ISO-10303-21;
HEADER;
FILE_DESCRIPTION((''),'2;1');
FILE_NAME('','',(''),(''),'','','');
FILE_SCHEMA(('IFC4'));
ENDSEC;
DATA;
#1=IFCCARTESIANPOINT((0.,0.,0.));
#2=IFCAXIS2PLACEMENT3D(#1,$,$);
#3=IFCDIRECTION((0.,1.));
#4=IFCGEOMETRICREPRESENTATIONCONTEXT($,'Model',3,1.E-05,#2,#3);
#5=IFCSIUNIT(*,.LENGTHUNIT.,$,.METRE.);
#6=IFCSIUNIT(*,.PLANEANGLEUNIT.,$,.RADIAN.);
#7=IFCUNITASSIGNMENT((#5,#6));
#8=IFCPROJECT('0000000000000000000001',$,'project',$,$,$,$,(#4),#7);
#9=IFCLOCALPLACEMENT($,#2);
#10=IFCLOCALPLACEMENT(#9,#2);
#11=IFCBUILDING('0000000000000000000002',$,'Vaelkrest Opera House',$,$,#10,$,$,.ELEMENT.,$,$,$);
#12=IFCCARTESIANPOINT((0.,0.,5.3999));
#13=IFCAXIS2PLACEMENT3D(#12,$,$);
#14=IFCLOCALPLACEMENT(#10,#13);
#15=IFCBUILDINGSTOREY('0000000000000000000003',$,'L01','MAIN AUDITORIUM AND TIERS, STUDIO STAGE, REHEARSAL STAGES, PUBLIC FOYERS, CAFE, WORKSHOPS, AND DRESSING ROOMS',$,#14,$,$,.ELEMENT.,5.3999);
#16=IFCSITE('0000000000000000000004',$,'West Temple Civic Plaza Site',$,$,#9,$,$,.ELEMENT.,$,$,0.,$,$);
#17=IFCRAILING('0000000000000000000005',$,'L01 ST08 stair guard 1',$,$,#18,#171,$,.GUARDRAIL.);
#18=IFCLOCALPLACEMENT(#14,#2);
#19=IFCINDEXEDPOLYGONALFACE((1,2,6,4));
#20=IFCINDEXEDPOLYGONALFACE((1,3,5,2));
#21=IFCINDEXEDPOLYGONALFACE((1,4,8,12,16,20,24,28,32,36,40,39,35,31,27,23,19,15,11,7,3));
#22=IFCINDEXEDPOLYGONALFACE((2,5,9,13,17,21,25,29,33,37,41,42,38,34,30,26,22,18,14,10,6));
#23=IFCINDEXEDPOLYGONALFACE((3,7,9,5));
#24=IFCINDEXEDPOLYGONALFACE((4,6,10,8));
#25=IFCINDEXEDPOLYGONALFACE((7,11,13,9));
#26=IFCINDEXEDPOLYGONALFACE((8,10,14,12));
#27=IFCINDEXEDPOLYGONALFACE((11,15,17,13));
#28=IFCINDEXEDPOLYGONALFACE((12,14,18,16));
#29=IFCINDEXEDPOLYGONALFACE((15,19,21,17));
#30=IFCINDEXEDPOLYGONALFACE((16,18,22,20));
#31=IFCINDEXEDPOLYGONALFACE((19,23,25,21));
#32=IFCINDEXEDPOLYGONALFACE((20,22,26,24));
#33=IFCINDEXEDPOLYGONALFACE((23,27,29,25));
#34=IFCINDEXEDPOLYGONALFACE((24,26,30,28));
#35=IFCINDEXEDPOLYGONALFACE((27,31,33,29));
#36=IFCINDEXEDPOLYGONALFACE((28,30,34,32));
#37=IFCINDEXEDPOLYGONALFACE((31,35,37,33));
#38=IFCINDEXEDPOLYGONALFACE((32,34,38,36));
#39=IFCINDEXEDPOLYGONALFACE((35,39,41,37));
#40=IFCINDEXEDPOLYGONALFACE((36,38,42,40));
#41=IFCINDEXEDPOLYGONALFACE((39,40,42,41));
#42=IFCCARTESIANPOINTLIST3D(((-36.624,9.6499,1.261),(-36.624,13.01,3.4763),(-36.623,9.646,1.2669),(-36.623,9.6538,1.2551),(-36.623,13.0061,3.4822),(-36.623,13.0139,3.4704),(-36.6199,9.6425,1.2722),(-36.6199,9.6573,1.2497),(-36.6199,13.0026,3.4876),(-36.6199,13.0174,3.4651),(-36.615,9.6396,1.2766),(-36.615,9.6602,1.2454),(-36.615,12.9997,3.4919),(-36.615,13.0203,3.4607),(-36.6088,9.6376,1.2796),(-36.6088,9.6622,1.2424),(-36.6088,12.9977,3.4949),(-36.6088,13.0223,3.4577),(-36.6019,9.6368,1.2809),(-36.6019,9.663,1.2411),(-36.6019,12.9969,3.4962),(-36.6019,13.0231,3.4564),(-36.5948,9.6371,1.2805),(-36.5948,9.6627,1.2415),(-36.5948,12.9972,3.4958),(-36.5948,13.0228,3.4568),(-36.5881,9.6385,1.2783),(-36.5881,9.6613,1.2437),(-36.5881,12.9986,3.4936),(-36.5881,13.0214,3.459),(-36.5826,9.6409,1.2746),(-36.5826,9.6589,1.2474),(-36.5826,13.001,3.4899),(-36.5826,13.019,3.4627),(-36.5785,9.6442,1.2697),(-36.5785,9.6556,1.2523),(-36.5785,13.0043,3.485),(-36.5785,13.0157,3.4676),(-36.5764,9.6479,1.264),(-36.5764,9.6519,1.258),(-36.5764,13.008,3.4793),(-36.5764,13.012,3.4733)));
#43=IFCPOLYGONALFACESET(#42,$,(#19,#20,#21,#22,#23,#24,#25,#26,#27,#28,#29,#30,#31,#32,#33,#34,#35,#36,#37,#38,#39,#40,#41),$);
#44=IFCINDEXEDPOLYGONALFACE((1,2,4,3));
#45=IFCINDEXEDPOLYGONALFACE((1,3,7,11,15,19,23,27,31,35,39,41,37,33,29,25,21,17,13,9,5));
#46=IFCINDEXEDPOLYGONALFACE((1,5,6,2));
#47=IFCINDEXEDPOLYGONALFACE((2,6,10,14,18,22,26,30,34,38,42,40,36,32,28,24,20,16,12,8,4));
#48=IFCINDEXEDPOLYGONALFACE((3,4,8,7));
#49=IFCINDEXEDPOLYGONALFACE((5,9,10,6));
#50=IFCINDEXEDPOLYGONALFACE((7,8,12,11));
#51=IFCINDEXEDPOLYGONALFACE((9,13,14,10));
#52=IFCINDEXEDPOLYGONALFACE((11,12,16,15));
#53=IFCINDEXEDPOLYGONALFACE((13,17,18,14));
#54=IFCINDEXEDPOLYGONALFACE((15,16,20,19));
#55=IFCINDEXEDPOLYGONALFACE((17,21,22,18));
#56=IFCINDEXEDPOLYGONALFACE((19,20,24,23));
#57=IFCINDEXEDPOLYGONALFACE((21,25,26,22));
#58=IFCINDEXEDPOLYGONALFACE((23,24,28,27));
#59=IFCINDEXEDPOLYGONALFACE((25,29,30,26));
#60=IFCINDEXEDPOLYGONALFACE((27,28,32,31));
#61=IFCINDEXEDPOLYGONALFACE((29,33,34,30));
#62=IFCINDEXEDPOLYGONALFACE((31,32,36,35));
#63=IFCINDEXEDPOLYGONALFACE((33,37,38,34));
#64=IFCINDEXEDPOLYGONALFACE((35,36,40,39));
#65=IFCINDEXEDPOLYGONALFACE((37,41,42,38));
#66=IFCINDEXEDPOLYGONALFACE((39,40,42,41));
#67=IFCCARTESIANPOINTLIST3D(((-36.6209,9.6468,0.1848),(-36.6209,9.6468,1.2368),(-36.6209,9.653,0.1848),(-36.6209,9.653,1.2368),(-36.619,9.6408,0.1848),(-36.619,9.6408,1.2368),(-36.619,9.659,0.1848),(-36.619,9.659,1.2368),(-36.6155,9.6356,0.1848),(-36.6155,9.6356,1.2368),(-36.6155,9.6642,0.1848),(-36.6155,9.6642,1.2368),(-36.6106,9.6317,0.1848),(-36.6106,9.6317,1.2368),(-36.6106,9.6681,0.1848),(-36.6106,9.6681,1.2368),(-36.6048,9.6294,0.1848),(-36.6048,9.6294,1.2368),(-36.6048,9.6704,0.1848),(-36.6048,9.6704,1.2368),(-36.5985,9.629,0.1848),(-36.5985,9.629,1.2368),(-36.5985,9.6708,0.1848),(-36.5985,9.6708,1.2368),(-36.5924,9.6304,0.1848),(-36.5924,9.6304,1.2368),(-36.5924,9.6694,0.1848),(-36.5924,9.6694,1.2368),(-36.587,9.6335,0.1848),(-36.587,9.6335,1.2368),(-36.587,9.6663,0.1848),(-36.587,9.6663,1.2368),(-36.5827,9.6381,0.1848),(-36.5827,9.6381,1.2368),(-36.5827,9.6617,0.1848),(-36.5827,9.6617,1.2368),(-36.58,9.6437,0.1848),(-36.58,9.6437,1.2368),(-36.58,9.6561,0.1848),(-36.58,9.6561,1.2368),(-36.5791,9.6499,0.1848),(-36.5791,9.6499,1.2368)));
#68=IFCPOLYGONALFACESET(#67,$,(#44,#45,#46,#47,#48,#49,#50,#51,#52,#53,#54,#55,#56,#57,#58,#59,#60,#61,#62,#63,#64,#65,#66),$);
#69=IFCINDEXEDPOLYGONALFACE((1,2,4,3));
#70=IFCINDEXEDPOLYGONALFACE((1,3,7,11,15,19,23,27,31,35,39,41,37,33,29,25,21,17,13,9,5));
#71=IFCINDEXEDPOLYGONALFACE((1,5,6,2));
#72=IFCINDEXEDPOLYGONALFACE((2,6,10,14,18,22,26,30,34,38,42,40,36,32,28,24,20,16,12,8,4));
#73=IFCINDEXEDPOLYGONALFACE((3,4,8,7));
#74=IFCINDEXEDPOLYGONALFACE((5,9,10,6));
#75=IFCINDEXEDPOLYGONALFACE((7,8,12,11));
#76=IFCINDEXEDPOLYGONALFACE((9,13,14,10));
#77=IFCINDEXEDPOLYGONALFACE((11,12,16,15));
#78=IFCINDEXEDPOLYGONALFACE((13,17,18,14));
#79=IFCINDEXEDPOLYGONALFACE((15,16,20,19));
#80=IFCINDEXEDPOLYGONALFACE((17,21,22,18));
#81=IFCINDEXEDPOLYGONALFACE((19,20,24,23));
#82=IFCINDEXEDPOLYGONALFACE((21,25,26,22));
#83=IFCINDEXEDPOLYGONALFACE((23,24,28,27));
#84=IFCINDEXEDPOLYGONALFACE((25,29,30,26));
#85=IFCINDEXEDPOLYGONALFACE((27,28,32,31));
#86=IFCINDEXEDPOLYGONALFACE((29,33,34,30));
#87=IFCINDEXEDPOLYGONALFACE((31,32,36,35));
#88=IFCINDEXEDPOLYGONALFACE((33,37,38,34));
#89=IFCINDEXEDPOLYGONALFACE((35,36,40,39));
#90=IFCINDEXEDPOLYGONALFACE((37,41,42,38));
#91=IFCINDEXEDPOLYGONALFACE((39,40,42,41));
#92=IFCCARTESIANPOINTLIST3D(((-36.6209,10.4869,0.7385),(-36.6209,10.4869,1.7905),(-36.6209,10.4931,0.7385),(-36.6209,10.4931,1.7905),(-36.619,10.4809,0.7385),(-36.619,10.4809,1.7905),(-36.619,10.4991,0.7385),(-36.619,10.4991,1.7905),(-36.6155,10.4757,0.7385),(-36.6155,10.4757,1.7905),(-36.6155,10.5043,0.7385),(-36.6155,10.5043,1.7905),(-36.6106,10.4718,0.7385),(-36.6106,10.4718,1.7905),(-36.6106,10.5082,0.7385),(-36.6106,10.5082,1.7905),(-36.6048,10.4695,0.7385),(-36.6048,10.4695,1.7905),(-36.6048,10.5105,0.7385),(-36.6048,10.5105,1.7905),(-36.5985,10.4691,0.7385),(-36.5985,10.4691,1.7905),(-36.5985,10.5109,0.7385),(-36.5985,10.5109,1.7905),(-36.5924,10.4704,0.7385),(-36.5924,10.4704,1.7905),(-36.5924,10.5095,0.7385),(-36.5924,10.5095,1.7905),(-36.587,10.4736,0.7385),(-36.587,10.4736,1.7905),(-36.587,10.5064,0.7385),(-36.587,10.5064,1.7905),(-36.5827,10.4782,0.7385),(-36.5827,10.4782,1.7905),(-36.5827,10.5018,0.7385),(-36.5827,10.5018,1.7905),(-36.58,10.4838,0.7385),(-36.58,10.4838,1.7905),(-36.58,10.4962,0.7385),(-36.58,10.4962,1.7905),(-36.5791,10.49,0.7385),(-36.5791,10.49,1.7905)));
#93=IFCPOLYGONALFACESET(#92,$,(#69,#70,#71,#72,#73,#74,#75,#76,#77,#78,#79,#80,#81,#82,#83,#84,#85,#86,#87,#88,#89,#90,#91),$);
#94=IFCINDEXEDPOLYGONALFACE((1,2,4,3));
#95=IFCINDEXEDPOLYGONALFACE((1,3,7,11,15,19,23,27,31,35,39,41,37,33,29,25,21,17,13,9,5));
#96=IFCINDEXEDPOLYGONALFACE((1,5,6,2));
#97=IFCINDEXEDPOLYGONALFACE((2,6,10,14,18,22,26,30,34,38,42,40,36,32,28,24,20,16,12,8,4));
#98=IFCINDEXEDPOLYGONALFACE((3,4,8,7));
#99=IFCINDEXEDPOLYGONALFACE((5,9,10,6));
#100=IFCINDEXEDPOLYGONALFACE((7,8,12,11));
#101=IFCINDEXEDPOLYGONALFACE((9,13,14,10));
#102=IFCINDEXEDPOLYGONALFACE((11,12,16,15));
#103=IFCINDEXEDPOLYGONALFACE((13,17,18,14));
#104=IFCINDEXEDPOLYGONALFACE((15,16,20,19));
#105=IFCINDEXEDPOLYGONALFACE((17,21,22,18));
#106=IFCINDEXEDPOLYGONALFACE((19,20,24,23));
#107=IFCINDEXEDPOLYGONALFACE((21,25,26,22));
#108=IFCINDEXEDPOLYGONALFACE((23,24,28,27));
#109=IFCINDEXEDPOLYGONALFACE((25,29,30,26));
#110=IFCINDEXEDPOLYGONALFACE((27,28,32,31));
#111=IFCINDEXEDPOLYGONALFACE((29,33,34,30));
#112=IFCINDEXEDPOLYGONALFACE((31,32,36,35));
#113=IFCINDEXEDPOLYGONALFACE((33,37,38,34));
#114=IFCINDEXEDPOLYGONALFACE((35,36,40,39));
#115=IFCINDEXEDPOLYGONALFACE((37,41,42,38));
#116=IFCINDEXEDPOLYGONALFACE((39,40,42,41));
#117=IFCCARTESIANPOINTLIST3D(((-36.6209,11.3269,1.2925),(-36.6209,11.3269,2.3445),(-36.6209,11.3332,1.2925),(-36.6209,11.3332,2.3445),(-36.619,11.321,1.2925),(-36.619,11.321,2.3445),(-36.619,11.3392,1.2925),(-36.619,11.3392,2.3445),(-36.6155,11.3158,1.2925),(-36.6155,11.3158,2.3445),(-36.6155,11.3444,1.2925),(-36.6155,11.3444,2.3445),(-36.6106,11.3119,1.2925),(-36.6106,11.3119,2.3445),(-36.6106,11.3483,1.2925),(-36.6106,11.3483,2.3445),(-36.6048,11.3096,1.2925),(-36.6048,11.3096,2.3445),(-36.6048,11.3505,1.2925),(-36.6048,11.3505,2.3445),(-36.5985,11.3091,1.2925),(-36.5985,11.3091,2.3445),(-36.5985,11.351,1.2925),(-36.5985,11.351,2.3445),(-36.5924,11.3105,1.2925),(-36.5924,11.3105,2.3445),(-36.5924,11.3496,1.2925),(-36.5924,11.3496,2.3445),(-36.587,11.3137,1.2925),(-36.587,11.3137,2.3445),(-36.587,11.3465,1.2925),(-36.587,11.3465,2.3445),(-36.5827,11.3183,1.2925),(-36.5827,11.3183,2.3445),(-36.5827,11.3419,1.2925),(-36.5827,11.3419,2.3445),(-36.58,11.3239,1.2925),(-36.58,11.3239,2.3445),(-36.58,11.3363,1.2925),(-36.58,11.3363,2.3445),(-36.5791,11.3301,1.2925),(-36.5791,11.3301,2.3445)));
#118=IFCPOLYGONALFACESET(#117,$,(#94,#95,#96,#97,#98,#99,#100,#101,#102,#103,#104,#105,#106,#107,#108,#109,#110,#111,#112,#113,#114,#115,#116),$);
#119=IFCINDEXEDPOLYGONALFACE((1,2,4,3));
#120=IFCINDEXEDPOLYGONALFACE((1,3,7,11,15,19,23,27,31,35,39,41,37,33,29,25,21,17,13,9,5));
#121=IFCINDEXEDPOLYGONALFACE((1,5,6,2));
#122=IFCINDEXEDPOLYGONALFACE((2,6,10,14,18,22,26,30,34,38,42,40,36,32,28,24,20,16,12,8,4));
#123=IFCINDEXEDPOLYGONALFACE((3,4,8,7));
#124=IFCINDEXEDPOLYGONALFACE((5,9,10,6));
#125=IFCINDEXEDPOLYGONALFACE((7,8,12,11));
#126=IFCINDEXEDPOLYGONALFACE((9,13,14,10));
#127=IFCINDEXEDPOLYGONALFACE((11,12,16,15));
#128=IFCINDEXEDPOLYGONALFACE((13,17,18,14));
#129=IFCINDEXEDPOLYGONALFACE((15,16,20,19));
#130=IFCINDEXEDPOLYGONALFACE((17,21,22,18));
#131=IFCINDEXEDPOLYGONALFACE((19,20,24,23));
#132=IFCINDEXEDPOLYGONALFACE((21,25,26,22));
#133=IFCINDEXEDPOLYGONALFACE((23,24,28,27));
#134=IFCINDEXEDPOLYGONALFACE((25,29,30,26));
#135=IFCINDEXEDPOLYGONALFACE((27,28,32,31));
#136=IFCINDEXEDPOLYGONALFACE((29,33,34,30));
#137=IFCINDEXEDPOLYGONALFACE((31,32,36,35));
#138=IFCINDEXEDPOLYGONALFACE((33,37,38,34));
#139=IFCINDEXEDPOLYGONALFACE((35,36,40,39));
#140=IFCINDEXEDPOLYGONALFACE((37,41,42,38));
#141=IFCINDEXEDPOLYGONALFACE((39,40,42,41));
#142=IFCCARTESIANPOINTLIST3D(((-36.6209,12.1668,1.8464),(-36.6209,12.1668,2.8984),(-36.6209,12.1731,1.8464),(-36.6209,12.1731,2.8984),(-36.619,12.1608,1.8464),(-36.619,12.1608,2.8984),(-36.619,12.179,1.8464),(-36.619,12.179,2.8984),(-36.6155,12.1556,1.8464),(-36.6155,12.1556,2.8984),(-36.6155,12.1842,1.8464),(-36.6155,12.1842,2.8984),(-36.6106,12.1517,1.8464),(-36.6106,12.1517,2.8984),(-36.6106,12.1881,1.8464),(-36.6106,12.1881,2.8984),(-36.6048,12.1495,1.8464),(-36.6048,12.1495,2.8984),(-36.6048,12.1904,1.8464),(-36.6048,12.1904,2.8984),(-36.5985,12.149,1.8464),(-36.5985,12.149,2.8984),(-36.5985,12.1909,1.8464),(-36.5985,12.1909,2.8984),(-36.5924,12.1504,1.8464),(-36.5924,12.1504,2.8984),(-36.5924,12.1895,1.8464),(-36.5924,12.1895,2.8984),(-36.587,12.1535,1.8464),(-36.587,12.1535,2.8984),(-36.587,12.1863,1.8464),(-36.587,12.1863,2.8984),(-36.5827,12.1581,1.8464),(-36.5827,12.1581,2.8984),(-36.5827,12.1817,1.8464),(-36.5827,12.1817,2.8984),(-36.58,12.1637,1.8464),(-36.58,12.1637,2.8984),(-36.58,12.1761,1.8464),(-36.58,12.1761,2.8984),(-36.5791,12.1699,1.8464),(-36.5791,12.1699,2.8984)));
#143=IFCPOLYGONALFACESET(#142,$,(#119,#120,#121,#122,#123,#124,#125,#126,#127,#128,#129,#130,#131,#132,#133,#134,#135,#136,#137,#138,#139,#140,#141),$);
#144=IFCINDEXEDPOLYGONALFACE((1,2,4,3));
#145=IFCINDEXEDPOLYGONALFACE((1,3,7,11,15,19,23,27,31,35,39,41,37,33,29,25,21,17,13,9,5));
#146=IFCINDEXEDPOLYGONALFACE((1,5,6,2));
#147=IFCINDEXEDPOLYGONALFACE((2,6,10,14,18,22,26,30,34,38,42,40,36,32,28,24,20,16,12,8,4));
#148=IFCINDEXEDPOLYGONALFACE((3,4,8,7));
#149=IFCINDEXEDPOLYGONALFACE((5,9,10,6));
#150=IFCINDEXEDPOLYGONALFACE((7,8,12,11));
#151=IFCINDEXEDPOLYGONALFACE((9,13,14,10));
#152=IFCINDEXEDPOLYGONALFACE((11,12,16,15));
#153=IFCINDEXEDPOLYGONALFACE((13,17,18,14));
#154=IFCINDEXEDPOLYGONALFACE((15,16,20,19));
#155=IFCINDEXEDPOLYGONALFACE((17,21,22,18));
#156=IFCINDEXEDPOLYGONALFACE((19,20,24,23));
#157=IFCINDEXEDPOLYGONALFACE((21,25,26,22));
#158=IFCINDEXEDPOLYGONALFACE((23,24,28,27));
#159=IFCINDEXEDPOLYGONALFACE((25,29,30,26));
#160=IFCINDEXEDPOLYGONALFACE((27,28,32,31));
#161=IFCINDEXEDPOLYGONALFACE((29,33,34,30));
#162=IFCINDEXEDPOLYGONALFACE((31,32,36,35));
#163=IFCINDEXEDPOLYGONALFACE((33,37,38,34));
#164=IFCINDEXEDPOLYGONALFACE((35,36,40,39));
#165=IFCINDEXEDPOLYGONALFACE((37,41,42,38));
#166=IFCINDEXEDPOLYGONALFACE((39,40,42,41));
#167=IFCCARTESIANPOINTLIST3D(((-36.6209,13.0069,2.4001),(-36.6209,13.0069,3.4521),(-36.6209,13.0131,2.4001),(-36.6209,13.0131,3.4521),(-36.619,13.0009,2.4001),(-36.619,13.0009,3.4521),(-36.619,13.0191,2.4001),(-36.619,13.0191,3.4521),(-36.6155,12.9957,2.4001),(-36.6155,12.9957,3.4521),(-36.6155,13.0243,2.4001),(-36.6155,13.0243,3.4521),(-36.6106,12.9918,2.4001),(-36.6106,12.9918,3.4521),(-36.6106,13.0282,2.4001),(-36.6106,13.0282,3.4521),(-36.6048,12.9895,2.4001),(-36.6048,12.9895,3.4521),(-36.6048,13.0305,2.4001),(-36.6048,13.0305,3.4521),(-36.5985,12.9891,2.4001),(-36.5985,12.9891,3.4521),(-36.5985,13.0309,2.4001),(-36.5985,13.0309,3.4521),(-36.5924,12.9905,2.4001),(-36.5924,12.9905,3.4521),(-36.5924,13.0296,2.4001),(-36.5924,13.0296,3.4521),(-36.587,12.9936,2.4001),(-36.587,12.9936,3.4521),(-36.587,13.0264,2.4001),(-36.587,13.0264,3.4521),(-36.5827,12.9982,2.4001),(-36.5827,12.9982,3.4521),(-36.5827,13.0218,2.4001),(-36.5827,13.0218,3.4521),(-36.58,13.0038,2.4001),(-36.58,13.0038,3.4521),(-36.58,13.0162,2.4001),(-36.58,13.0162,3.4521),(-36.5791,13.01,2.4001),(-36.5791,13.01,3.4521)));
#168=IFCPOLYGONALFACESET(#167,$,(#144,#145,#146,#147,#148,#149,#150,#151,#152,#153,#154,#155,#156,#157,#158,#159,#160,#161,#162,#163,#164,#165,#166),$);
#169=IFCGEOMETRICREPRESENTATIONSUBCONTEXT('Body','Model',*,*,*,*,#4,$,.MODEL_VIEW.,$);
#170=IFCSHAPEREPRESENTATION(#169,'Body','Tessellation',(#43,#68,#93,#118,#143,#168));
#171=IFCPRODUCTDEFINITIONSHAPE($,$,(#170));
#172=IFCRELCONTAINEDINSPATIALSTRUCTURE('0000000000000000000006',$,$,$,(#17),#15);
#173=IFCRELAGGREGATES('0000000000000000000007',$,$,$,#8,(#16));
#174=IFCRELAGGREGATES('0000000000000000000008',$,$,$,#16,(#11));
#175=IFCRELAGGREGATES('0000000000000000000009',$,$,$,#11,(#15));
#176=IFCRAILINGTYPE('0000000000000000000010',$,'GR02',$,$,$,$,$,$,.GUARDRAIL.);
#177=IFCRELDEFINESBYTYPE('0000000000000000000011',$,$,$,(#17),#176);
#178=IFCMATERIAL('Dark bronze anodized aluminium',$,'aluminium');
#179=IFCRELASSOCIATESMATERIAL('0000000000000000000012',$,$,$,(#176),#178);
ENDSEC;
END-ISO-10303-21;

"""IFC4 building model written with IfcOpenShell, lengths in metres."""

from ifc_helpers import new_model, si_unit, direction, frame, origin, origin_2d, place, context, subcontext, project, spatial, circle, extrude, material, type_object, element, save


model = new_model("IFC4")

# Units and contexts
model_context = context("Model", 3, precision=1e-05, world=origin(), true_north=direction((0.0, 1.0)))
body_context = subcontext(model_context, "Body", "Model", "MODEL_VIEW")
ifc_project = project(units=[si_unit("LENGTHUNIT", "METRE"), si_unit("PLANEANGLEUNIT", "RADIAN")], contexts=[model_context])

# Site, building, storey
site_placement = place(None, origin())
site = spatial("IfcSite", under=ifc_project, at=site_placement, Name="West Temple Civic Plaza Site", CompositionType="ELEMENT", RefElevation=0.0)
building_placement = place(site_placement, origin())
building = spatial("IfcBuilding", under=site, at=building_placement, Name="Vaelkrest Opera House", CompositionType="ELEMENT")
storey_placement = place(building_placement, frame((0.0, 0.0, 5.3999)))
storey = spatial("IfcBuildingStorey", under=building, at=storey_placement, Name="L01", Description="MAIN AUDITORIUM AND TIERS, STUDIO STAGE, REHEARSAL STAGES, PUBLIC FOYERS, CAFE, WORKSHOPS, AND DRESSING ROOMS", CompositionType="ELEMENT", Elevation=5.3999)

# Shared definitions
ifc_material_1 = material(Name="Dark bronze anodized aluminium", Category="aluminium")

# Railing
railing_type_1 = type_object("IfcRailingType", Name="GR02", PredefinedType="GUARDRAIL", material=ifc_material_1)
railing_1_placement = place(storey_placement, frame((-36.6001, 9.6499, 0.1848)))
element("IfcRailing", 1, at=railing_1_placement, inside=storey, type_object=railing_type_1, Name="L01 ST08 stair guard 1", PredefinedType="GUARDRAIL", context=body_context, shape_type="SweptSolid", body=[
    extrude(circle(Radius=0.0239, at=origin_2d()), frame((0.0, 0.0, 1.0762), z_axis=(0.0, 0.834876, 0.550437), x_axis=(-1.0, 0.0, 0.0)), (0.0, 0.0, 1.0), 4.0247),
    extrude(circle(Radius=0.021, at=origin_2d()), origin(), (0.0, 0.0, 1.0), 1.052),
    extrude(circle(Radius=0.021, at=origin_2d()), frame((0.0, 0.8401, 0.5537)), (0.0, 0.0, 1.0), 1.052),
    extrude(circle(Radius=0.021, at=origin_2d()), frame((0.0, 1.6802, 1.1077)), (0.0, 0.0, 1.0), 1.052),
    extrude(circle(Radius=0.021, at=origin_2d()), frame((0.0, 2.52, 1.6616)), (0.0, 0.0, 1.0), 1.052),
    extrude(circle(Radius=0.021, at=origin_2d()), frame((0.0, 3.3601, 2.2153)), (0.0, 0.0, 1.0), 1.052),
])

save(model, "model.ifc")
